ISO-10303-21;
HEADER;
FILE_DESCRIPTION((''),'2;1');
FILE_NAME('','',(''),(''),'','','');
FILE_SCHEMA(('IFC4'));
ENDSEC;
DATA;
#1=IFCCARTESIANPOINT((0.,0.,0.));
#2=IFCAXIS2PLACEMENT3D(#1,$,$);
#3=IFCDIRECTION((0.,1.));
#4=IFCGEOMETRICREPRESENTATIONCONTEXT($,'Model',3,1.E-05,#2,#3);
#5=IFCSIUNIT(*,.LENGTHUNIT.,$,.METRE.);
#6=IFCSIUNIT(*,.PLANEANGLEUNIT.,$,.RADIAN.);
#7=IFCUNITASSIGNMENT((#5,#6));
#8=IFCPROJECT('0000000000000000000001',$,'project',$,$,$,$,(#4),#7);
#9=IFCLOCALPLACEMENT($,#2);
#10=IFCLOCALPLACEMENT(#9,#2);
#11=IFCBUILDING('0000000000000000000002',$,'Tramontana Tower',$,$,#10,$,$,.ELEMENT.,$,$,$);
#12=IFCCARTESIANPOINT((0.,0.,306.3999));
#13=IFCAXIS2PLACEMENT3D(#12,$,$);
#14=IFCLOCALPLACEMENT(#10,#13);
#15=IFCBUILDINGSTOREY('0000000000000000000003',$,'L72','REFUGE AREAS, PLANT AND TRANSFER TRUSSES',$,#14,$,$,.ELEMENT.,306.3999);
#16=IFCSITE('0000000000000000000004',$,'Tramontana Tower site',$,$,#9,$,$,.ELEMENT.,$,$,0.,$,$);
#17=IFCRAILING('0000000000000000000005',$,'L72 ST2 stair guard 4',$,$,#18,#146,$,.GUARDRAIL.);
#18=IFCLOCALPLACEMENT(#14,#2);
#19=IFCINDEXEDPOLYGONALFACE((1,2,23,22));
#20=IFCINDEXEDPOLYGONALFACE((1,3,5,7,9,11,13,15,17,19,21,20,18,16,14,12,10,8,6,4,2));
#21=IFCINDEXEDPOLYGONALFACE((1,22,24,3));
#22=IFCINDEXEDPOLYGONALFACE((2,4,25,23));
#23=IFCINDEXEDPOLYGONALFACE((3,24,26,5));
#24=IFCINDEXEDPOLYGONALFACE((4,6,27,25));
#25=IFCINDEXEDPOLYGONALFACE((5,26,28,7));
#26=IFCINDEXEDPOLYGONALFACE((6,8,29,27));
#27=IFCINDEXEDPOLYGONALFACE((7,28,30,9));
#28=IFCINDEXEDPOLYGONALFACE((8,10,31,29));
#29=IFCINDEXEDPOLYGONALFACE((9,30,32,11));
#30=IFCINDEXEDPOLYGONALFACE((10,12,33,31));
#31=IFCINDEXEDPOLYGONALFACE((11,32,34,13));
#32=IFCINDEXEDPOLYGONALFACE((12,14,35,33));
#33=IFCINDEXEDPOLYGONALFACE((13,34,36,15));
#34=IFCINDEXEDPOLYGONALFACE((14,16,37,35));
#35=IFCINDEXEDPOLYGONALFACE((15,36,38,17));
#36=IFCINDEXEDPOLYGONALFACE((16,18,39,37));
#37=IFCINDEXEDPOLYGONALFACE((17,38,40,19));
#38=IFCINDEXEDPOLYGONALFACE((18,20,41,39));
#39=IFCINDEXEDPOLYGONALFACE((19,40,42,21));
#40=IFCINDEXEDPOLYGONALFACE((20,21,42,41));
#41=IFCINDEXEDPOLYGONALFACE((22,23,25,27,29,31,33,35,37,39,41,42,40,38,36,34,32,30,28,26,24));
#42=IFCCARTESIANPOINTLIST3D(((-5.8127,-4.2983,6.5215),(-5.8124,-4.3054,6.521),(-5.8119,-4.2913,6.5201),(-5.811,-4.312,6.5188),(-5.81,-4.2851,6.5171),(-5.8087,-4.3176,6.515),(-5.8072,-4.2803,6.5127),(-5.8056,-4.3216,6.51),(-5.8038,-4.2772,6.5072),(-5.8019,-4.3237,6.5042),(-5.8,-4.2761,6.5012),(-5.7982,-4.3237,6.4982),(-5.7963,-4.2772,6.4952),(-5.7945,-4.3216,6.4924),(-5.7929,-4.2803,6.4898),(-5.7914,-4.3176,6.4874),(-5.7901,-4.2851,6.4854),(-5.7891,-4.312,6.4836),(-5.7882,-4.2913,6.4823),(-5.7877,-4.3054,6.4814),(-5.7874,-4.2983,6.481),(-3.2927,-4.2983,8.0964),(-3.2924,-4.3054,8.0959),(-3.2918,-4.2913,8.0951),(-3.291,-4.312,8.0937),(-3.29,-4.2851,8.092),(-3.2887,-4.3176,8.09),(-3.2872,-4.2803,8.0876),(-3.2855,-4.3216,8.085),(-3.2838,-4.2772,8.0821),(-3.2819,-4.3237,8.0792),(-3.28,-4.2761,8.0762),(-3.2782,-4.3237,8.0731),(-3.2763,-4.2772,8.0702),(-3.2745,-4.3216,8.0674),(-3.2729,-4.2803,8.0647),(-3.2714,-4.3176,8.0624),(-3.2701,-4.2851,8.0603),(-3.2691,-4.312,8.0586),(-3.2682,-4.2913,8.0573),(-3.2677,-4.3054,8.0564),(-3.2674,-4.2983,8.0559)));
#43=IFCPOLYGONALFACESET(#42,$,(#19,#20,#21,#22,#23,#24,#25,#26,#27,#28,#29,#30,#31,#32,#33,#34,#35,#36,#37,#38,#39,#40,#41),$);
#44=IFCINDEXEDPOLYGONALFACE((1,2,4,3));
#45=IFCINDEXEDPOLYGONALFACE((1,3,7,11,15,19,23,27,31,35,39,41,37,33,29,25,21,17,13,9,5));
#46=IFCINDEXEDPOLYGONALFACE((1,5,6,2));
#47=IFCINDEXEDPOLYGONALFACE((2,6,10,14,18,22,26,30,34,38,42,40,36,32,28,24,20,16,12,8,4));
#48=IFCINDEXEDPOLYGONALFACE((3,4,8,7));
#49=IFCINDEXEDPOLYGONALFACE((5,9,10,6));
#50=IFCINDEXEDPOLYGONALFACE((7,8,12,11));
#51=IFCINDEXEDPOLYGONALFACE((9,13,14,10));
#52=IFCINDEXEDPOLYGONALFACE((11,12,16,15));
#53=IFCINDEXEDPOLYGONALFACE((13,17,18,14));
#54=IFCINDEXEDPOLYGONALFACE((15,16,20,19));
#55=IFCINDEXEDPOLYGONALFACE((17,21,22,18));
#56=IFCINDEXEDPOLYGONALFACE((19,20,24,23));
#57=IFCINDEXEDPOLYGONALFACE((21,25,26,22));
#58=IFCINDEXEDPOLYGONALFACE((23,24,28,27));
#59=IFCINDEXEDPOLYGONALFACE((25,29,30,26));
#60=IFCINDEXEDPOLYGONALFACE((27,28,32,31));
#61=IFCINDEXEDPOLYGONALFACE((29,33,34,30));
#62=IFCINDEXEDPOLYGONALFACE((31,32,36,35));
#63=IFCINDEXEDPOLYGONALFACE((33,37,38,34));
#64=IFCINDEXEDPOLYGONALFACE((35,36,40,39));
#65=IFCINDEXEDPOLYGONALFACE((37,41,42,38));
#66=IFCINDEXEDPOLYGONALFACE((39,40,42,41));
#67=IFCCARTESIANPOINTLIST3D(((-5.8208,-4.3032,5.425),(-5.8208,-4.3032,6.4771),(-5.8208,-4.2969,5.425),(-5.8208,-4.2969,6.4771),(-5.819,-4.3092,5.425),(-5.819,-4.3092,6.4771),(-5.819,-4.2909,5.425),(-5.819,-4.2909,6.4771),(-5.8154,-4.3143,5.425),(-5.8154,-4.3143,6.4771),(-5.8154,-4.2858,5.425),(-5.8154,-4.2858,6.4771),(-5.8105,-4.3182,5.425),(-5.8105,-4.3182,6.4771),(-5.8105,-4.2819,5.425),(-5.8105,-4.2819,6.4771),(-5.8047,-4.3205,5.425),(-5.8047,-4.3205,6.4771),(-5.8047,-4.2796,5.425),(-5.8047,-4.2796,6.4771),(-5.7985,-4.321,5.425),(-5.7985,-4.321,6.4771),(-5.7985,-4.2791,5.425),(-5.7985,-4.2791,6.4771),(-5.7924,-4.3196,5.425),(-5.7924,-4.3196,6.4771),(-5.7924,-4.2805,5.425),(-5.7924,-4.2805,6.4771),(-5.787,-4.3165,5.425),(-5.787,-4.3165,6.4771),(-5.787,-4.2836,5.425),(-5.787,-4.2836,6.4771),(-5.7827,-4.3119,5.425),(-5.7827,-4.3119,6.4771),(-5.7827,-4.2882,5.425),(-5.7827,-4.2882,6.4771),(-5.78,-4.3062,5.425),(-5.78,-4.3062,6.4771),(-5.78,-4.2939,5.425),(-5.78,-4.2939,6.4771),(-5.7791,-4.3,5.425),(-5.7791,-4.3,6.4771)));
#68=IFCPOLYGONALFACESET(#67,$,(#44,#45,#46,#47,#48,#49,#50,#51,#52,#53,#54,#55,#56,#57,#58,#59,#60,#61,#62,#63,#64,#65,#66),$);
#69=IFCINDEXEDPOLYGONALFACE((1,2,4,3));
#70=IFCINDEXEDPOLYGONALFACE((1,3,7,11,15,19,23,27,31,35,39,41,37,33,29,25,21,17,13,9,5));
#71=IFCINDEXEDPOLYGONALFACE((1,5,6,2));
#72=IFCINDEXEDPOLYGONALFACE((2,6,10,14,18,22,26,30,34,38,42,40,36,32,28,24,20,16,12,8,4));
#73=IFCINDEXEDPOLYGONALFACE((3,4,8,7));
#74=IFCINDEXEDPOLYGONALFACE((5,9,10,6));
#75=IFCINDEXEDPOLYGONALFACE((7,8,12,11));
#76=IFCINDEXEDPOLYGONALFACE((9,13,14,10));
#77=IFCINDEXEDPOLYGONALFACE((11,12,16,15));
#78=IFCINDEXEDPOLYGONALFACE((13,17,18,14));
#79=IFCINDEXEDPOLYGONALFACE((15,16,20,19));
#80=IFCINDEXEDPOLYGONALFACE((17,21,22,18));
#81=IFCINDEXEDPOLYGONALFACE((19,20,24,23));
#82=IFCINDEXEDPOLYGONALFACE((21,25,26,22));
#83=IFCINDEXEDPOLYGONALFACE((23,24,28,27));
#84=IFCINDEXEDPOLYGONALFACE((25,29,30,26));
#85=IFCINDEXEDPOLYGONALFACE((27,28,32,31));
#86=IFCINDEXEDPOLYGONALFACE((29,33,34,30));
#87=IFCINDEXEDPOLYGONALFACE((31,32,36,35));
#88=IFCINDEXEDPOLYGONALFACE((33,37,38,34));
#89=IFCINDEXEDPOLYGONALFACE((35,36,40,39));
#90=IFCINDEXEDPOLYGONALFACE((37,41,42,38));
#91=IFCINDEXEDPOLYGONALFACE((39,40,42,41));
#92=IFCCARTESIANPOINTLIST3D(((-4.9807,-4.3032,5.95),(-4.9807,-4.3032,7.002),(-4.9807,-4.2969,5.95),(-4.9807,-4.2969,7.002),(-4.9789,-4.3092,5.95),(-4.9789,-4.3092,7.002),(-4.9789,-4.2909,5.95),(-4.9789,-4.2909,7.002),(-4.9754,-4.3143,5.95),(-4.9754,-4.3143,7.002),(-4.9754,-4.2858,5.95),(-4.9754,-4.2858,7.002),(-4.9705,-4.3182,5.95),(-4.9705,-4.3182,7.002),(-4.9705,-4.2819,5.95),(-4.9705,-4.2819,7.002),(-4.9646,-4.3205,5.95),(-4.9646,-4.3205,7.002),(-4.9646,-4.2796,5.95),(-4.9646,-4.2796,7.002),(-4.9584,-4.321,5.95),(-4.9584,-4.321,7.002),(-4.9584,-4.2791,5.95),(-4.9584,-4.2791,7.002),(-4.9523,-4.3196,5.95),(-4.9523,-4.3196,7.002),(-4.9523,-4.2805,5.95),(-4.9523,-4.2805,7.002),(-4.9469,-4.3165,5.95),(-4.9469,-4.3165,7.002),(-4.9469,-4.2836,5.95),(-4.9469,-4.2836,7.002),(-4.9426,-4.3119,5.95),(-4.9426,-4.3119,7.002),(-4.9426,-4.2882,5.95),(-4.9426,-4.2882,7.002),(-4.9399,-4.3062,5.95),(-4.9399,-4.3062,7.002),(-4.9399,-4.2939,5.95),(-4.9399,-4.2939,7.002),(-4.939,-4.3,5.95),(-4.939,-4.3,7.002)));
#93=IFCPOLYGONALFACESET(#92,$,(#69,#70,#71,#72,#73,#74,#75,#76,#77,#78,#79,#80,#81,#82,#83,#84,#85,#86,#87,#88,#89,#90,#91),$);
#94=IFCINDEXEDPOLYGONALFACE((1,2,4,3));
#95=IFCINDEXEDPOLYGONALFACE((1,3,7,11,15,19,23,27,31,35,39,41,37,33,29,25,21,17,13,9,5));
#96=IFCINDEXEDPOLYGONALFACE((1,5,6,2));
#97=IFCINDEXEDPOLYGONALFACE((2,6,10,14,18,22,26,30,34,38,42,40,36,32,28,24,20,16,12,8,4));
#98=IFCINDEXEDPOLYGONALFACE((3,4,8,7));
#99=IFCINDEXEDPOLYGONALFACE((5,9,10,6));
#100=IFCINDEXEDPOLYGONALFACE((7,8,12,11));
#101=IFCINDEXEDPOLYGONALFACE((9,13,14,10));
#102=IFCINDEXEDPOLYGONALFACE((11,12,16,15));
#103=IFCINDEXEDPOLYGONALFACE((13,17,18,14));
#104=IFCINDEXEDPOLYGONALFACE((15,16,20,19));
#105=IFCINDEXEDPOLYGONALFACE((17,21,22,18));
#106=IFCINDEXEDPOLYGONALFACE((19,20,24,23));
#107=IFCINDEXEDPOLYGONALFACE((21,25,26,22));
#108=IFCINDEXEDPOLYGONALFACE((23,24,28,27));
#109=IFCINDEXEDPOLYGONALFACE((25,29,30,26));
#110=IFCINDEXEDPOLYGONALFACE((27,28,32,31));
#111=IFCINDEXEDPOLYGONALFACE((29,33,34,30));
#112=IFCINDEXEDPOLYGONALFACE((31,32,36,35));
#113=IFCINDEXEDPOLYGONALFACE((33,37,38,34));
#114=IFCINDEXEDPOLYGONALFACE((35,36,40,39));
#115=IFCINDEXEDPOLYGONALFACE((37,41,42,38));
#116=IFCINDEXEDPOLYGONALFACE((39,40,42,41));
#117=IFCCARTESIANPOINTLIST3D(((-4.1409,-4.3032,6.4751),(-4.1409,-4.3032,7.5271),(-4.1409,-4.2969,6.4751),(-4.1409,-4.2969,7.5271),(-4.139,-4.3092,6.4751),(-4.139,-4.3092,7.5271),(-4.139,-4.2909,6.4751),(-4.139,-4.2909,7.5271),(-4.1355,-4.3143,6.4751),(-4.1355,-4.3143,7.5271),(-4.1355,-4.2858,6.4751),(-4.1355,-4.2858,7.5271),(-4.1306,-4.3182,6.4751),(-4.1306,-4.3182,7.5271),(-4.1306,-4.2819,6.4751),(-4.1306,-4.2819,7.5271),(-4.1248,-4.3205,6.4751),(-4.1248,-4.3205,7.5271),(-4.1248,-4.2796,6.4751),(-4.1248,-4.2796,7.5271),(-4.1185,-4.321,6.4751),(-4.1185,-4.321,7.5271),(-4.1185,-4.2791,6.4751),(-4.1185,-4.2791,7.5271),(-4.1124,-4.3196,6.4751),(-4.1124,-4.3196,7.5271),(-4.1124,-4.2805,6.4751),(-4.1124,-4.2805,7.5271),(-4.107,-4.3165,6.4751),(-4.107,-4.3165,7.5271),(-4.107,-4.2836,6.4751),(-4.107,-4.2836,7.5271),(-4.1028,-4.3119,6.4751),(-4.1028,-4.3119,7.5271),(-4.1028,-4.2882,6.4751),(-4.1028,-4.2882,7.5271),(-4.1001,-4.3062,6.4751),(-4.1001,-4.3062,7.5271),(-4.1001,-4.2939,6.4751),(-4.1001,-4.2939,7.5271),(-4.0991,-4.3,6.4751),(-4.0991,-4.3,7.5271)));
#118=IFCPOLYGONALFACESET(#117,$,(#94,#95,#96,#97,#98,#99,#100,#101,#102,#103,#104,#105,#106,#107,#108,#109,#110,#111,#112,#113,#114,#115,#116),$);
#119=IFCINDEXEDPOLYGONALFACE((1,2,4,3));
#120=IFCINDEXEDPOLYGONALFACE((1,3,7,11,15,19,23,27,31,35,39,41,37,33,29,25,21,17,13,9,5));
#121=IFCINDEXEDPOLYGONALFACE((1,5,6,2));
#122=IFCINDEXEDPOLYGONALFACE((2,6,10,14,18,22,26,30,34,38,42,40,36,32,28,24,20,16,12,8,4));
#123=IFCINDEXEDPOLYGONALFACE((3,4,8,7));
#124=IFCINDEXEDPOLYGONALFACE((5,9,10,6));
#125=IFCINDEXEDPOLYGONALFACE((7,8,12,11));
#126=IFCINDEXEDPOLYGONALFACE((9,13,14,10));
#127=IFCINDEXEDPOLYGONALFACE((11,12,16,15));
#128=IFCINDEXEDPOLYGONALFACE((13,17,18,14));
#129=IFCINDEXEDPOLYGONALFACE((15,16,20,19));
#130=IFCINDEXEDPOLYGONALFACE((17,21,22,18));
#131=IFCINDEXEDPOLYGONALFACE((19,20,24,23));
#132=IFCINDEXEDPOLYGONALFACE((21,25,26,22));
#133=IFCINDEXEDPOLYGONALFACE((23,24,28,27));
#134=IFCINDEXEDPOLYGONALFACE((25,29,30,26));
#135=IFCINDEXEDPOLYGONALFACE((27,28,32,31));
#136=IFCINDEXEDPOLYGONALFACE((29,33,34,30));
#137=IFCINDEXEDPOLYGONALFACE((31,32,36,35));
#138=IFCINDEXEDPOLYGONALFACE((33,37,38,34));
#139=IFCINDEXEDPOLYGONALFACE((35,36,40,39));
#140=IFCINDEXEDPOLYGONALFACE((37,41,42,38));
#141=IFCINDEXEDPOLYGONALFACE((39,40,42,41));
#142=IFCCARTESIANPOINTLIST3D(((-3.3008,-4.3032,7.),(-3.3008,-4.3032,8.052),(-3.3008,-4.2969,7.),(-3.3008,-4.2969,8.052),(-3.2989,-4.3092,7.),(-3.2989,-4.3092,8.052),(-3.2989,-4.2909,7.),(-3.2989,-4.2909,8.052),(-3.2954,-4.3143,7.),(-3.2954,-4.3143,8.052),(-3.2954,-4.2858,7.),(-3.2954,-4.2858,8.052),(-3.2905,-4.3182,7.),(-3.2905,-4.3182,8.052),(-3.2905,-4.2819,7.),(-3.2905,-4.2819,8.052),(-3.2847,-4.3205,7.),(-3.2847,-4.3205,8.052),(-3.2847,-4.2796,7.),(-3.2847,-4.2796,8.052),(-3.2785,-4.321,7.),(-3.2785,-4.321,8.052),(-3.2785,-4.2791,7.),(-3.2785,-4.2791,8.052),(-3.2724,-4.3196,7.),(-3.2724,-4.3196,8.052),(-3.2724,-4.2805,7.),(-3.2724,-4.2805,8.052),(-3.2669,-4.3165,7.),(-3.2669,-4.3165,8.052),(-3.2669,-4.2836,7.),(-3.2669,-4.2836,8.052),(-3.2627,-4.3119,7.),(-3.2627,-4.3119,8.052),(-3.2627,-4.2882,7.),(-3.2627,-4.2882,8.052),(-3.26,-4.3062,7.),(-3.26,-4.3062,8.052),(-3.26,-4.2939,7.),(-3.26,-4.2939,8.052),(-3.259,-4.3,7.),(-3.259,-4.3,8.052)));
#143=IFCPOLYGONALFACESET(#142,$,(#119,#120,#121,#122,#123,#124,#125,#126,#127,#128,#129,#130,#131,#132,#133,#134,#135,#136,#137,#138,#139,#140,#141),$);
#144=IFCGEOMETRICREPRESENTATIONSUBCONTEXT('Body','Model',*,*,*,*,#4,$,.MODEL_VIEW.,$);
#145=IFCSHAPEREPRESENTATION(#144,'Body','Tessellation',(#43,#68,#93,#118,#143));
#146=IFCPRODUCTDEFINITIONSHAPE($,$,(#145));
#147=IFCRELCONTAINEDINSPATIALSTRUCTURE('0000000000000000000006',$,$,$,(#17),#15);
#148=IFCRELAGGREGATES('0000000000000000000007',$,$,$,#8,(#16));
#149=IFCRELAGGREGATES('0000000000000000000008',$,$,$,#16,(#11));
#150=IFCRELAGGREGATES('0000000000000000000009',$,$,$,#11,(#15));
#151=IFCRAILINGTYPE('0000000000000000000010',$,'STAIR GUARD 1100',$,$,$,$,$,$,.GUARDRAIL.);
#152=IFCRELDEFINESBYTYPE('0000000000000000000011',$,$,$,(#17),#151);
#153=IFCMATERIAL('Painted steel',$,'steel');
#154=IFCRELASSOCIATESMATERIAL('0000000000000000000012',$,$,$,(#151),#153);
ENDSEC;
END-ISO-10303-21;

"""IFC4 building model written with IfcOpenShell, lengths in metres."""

from ifc_helpers import new_model, si_unit, direction, frame, origin, origin_2d, place, context, subcontext, project, spatial, circle, extrude, material, type_object, element, save


model = new_model("IFC4")

# Units and contexts
model_context = context("Model", 3, precision=1e-05, world=origin(), true_north=direction((0.0, 1.0)))
body_context = subcontext(model_context, "Body", "Model", "MODEL_VIEW")
ifc_project = project(units=[si_unit("LENGTHUNIT", "METRE"), si_unit("PLANEANGLEUNIT", "RADIAN")], contexts=[model_context])

# Site, building, storey
site_placement = place(None, origin())
site = spatial("IfcSite", under=ifc_project, at=site_placement, Name="Tramontana Tower site", CompositionType="ELEMENT", RefElevation=0.0)
building_placement = place(site_placement, origin())
building = spatial("IfcBuilding", under=site, at=building_placement, Name="Tramontana Tower", CompositionType="ELEMENT")
storey_placement = place(building_placement, frame((0.0, 0.0, 306.3999)))
storey = spatial("IfcBuildingStorey", under=building, at=storey_placement, Name="L72", Description="REFUGE AREAS, PLANT AND TRANSFER TRUSSES", CompositionType="ELEMENT", Elevation=306.3999)

# Railing
ifc_material_1 = material(Name="Painted steel", Category="steel")
railing_type_1 = type_object("IfcRailingType", Name="STAIR GUARD 1100", PredefinedType="GUARDRAIL", material=ifc_material_1)
for number, where, name in (
    (1, (-5.8, -4.3, 5.425), "L72 ST2 stair guard 4"),
):
    element("IfcRailing", number, at=place(storey_placement, frame(where)), inside=storey, type_object=railing_type_1, Name=name, PredefinedType="GUARDRAIL", context=body_context, shape_type="SweptSolid", body=[
        extrude(circle(Radius=0.0239, at=origin_2d()), frame((0.0, 0.0, 1.0762), z_axis=(0.848008, 0.0, 0.529984), x_axis=(0.0, 1.0, 0.0)), (0.0, 0.0, 1.0), 2.9717),
        extrude(circle(Radius=0.021, at=origin_2d()), origin(), (0.0, 0.0, 1.0), 1.052),
        extrude(circle(Radius=0.021, at=origin_2d()), frame((0.8401, 0.0, 0.5249)), (0.0, 0.0, 1.0), 1.052),
        extrude(circle(Radius=0.021, at=origin_2d()), frame((1.6799, 0.0, 1.05)), (0.0, 0.0, 1.0), 1.052),
        extrude(circle(Radius=0.021, at=origin_2d()), frame((2.52, 0.0, 1.575)), (0.0, 0.0, 1.0), 1.052),
    ])

save(model, "model.ifc")
